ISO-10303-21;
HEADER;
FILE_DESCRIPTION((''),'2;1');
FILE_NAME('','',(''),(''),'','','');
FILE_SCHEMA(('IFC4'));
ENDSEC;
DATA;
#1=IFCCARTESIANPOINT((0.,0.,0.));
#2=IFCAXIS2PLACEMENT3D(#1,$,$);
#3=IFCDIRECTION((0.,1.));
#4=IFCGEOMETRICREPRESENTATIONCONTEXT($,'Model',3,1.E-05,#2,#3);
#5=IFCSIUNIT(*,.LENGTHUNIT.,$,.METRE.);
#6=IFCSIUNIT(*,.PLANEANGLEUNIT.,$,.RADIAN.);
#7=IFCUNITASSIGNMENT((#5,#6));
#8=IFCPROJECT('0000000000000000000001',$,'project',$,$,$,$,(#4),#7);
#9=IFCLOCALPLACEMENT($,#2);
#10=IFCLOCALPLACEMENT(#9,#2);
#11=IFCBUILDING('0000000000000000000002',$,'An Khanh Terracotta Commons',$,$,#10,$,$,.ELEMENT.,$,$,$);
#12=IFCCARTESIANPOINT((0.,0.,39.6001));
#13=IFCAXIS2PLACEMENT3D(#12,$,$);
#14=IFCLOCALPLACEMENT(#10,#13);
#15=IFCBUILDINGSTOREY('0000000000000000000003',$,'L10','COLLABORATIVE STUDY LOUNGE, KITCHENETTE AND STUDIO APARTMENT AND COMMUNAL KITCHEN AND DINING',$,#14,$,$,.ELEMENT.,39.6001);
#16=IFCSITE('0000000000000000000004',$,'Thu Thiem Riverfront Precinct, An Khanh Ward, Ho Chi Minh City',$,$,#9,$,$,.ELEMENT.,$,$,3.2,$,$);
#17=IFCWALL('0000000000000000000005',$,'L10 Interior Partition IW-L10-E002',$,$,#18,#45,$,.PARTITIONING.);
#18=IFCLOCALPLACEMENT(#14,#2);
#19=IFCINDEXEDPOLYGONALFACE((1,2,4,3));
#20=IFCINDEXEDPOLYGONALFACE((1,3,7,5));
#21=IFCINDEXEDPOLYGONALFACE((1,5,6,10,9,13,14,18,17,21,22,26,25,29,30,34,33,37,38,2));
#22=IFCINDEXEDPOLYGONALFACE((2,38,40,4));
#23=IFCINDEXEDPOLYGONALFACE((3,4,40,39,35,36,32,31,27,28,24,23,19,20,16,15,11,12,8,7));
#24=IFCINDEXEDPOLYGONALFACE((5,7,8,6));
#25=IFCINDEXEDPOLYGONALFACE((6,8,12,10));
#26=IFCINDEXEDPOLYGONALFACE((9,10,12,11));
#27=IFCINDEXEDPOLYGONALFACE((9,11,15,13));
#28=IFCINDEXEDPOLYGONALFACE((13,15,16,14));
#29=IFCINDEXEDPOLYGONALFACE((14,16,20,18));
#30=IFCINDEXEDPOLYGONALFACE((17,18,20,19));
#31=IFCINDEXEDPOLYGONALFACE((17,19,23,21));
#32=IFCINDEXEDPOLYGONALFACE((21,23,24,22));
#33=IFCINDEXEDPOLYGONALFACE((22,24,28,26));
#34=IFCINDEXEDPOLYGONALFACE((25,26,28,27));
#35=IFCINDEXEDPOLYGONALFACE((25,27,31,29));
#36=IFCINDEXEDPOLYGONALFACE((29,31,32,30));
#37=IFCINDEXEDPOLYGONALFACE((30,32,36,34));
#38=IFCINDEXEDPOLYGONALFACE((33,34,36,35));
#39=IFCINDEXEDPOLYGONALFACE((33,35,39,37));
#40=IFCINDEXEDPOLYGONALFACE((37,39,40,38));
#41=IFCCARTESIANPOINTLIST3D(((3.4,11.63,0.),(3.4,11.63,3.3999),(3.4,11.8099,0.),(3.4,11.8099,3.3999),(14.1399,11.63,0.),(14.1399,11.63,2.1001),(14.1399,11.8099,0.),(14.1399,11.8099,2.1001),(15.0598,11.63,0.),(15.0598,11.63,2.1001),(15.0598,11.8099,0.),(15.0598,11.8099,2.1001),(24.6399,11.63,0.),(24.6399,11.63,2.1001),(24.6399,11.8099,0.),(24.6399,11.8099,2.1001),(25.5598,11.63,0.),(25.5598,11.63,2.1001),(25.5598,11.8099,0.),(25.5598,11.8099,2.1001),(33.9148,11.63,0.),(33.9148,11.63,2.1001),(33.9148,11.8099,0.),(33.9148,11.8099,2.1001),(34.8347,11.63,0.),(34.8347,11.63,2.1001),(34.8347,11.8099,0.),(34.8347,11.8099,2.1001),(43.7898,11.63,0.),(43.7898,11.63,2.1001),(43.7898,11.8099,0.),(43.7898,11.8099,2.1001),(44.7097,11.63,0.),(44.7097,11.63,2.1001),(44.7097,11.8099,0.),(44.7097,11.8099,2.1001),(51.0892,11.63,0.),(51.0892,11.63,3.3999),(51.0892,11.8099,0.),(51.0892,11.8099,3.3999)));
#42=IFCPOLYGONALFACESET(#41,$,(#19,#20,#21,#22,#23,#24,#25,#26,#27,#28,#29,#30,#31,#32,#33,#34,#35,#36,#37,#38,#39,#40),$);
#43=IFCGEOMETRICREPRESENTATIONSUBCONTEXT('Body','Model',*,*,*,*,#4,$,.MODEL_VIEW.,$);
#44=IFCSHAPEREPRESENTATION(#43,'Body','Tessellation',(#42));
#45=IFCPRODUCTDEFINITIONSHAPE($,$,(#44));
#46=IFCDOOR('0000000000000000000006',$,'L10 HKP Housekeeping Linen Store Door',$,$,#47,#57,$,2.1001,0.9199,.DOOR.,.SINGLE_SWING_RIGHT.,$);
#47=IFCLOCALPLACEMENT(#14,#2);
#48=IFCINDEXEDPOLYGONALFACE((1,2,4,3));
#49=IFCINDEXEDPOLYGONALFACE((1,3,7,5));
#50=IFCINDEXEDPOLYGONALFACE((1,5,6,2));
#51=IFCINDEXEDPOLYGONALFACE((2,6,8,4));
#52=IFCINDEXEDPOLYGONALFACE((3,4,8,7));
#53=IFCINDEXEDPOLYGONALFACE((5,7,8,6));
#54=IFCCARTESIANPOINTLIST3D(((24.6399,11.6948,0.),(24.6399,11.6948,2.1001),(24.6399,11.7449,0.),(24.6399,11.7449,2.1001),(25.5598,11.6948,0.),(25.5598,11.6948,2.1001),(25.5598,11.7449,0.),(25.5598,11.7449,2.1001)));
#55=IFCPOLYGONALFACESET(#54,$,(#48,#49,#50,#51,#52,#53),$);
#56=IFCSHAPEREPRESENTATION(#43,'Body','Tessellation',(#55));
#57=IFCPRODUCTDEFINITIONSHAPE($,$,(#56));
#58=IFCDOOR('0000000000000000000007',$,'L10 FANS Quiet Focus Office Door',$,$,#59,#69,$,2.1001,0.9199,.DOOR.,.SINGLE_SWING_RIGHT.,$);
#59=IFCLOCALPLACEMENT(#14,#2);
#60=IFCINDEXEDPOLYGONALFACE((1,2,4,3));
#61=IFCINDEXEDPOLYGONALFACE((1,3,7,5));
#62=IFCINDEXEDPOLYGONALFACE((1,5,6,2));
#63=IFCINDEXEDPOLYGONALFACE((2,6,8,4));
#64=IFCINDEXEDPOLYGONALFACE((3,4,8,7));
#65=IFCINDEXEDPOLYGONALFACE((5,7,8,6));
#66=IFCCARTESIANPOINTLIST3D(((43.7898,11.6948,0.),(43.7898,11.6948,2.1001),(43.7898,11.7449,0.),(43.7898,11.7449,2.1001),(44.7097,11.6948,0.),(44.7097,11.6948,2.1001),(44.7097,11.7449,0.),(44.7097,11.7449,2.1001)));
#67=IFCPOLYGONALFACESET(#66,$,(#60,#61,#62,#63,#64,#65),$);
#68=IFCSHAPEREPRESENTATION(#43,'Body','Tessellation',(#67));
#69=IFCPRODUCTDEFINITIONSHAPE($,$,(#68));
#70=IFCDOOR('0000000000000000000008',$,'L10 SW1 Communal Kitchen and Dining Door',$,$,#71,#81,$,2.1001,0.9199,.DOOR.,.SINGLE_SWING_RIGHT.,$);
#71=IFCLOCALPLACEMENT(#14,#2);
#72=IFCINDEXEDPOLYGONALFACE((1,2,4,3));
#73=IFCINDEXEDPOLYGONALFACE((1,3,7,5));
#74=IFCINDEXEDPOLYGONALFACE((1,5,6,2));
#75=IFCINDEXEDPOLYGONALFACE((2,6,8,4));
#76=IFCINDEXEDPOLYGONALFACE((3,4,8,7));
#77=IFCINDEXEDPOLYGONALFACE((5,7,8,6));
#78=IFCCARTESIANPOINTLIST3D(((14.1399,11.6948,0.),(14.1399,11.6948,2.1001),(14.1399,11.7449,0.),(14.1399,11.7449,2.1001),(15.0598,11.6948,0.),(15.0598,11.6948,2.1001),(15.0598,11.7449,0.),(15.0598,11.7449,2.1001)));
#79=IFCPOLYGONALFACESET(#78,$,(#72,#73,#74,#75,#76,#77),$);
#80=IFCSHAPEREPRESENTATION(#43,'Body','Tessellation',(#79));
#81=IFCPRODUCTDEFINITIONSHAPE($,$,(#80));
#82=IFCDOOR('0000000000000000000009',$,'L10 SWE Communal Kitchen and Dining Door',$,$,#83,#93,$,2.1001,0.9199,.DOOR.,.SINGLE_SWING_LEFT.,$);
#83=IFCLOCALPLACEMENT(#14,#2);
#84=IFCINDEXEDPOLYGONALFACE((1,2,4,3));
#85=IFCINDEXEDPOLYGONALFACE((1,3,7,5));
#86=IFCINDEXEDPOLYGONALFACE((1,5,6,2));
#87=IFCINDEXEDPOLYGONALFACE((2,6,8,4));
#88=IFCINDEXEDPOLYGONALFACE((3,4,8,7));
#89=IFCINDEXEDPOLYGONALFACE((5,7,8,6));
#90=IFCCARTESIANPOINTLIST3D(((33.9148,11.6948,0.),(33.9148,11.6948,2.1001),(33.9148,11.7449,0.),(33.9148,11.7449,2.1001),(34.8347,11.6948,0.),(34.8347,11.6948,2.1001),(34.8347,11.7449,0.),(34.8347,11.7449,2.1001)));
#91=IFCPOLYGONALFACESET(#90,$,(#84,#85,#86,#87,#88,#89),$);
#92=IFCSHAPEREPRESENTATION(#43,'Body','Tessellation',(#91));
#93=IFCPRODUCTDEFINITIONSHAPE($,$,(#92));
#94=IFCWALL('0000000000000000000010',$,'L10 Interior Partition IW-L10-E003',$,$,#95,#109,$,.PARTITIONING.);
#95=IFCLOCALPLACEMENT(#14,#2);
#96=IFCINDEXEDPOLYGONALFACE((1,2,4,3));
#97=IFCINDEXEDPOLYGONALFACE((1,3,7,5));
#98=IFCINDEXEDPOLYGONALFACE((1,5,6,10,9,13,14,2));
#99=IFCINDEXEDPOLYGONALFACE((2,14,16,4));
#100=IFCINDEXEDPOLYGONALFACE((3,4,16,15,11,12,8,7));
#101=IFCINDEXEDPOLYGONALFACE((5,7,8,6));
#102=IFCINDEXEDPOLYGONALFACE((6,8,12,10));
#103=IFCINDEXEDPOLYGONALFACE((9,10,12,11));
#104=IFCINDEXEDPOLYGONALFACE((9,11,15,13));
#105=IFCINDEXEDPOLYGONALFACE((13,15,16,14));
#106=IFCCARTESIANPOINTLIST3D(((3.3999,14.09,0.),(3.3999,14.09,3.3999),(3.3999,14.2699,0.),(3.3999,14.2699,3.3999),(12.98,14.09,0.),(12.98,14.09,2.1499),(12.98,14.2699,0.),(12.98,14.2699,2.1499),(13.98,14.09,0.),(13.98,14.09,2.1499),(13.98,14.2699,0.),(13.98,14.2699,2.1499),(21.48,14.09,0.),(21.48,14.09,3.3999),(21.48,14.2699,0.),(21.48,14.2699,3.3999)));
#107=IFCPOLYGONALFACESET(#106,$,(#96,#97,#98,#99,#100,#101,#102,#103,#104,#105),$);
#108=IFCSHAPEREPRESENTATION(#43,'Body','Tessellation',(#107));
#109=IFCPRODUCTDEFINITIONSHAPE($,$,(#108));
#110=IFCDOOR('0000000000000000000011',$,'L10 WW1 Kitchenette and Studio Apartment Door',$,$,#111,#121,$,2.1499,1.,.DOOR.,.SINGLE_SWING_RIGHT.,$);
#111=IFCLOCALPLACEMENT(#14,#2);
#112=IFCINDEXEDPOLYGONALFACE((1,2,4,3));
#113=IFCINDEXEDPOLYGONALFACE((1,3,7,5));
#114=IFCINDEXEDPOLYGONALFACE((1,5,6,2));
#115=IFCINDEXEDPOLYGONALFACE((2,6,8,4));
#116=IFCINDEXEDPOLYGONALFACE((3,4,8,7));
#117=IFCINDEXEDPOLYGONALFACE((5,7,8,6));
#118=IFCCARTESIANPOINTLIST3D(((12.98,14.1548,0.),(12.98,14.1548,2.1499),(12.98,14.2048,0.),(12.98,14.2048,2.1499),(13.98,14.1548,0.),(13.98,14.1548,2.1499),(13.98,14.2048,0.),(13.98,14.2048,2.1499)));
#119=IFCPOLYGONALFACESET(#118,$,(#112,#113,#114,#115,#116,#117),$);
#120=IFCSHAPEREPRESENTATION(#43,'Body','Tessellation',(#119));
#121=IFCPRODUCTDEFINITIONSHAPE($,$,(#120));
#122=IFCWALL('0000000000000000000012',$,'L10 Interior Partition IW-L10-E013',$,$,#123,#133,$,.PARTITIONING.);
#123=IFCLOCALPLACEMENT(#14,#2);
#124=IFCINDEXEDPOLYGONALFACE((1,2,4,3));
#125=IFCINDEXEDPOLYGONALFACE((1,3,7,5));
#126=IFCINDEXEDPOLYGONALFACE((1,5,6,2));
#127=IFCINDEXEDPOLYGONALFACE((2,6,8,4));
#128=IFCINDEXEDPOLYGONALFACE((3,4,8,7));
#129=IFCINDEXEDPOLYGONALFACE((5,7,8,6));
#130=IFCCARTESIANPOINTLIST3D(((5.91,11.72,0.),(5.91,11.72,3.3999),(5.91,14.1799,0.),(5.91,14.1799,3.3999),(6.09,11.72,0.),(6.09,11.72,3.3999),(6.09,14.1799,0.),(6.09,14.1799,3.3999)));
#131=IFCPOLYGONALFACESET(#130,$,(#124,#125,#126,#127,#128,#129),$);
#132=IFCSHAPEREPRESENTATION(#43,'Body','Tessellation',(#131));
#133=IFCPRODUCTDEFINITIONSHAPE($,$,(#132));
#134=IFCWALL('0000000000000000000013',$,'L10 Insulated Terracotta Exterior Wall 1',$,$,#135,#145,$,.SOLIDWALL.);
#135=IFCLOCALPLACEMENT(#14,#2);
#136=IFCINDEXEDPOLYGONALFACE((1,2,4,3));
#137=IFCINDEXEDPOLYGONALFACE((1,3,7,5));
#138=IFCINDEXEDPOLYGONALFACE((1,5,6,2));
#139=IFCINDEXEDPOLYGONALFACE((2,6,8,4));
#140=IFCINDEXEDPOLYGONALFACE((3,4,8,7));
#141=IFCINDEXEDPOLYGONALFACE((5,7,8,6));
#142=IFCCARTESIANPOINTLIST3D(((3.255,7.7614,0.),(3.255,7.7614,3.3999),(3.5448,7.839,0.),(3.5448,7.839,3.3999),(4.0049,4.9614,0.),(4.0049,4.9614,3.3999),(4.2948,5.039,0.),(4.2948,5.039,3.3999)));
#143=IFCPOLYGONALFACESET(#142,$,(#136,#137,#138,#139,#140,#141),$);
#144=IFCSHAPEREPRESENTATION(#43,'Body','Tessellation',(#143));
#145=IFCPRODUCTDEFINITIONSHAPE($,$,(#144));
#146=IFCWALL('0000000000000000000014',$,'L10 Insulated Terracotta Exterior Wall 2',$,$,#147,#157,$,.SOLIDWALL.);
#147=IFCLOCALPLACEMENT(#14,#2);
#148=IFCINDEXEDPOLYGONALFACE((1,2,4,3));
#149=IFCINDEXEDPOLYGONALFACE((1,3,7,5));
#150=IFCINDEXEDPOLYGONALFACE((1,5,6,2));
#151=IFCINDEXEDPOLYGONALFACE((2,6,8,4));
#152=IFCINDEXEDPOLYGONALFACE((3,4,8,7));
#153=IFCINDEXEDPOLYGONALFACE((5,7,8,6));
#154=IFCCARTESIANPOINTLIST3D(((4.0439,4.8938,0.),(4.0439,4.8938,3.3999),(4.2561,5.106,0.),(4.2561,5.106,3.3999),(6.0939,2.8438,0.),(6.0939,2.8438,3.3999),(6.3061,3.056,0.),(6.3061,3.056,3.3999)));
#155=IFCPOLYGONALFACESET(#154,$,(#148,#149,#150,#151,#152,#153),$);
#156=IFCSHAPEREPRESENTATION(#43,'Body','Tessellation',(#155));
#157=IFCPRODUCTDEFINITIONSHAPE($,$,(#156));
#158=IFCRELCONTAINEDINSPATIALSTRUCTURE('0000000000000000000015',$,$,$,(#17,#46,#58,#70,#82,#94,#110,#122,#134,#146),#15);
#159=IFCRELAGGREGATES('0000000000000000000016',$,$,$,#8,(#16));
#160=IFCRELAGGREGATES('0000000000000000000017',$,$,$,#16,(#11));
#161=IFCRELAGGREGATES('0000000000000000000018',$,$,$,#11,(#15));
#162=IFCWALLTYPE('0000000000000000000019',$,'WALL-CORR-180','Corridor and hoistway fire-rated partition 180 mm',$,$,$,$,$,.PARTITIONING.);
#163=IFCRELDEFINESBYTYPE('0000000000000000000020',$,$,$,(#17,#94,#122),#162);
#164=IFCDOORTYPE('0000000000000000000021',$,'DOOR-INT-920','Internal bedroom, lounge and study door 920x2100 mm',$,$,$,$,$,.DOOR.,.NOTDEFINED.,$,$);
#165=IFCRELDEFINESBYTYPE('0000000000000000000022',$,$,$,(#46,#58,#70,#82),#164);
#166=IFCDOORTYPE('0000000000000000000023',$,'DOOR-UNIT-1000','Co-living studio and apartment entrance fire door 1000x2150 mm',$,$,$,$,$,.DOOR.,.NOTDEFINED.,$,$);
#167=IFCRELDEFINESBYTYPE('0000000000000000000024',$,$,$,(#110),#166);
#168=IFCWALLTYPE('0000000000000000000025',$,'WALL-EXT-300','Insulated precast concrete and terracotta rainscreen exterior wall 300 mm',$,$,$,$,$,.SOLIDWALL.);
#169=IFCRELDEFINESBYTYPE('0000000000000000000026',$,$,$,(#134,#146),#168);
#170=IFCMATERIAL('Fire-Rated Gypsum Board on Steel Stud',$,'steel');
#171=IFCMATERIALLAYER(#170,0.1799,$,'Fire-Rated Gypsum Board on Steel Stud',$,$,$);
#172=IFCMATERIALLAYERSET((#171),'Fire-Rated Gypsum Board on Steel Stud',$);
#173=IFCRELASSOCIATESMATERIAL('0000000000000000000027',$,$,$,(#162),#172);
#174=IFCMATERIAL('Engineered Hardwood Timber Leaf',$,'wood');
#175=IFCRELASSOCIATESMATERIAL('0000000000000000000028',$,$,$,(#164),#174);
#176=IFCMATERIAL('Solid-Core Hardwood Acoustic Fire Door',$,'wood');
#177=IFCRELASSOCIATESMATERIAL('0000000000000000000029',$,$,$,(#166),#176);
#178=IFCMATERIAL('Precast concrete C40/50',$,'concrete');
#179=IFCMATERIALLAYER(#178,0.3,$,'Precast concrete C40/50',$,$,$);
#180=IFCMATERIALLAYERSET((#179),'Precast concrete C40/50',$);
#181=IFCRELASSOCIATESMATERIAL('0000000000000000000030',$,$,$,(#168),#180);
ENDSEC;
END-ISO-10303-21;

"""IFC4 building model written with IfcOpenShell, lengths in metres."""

from ifc_helpers import new_model, si_unit, direction, frame, frame_2d, origin, place, context, subcontext, project, spatial, rectangle, extrude, material, layer, layer_set, type_object, element, fill, save


model = new_model("IFC4")

# Units and contexts
model_context = context("Model", 3, precision=1e-05, world=origin(), true_north=direction((0.0, 1.0)))
body_context = subcontext(model_context, "Body", "Model", "MODEL_VIEW")
ifc_project = project(units=[si_unit("LENGTHUNIT", "METRE"), si_unit("PLANEANGLEUNIT", "RADIAN")], contexts=[model_context])

# Site, building, storey
site_placement = place(None, origin())
site = spatial("IfcSite", under=ifc_project, at=site_placement, Name="Thu Thiem Riverfront Precinct, An Khanh Ward, Ho Chi Minh City", CompositionType="ELEMENT", RefElevation=3.2)
building_placement = place(site_placement, origin())
building = spatial("IfcBuilding", under=site, at=building_placement, Name="An Khanh Terracotta Commons", CompositionType="ELEMENT")
storey_placement = place(building_placement, frame((0.0, 0.0, 39.6001)))
storey = spatial("IfcBuildingStorey", under=building, at=storey_placement, Name="L10", Description="COLLABORATIVE STUDY LOUNGE, KITCHENETTE AND STUDIO APARTMENT AND COMMUNAL KITCHEN AND DINING", CompositionType="ELEMENT", Elevation=39.6001)

# Shared definitions
ifc_material_1 = material(Name="Fire-Rated Gypsum Board on Steel Stud", Category="steel")
ifc_layer_1 = layer(ifc_material_1, 0.1799, Name="Fire-Rated Gypsum Board on Steel Stud")
ifc_layer_set_1 = layer_set([ifc_layer_1], Name="Fire-Rated Gypsum Board on Steel Stud")
wall_type_1 = type_object("IfcWallType", Name="WALL-CORR-180", Description="Corridor and hoistway fire-rated partition 180 mm", PredefinedType="PARTITIONING", material=ifc_layer_set_1)

# Wall, openings, doors
wall_1_placement = place(storey_placement, frame((3.3999, 11.72, 0.0), z_axis=(0.0, 0.0, 1.0), x_axis=(1.0, 0.0, 0.0)))
wall_1 = element("IfcWall", 1, at=wall_1_placement, inside=storey, type_object=wall_type_1, Name="L10 Interior Partition IW-L10-E002", PredefinedType="PARTITIONING", context=body_context, shape_type="SweptSolid", body=[
    extrude(rectangle(XDim=47.6892, YDim=0.1799, at=frame_2d((23.8447, 0.0))), origin(), (0.0, 0.0, 1.0), 3.3999),
])
opening_1_placement = place(wall_1_placement, frame((21.24, 0.0, 0.0)))
opening_1 = element("IfcOpeningElement", 2, at=opening_1_placement, cuts=wall_1, PredefinedType="OPENING", context=body_context, shape_type="SweptSolid", body=[
    extrude(rectangle(XDim=0.9199, YDim=2.1001, at=frame_2d((0.46, 1.05))), frame((0.0, 0.0999, 0.0), z_axis=(0.0, -1.0, 0.0), x_axis=(1.0, 0.0, 0.0)), (0.0, 0.0, 1.0), 0.2),
])
opening_2_placement = place(wall_1_placement, frame((40.3899, 0.0, 0.0)))
opening_2 = element("IfcOpeningElement", 3, at=opening_2_placement, cuts=wall_1, PredefinedType="OPENING", context=body_context, shape_type="SweptSolid", body=[
    extrude(rectangle(XDim=0.9199, YDim=2.1001, at=frame_2d((0.46, 1.05))), frame((0.0, 0.0999, 0.0), z_axis=(0.0, -1.0, 0.0), x_axis=(1.0, 0.0, 0.0)), (0.0, 0.0, 1.0), 0.2),
])
opening_3_placement = place(wall_1_placement, frame((10.74, 0.0, 0.0)))
opening_3 = element("IfcOpeningElement", 4, at=opening_3_placement, cuts=wall_1, PredefinedType="OPENING", context=body_context, shape_type="SweptSolid", body=[
    extrude(rectangle(XDim=0.9199, YDim=2.1001, at=frame_2d((0.46, 1.05))), frame((0.0, 0.0999, 0.0), z_axis=(0.0, -1.0, 0.0), x_axis=(1.0, 0.0, 0.0)), (0.0, 0.0, 1.0), 0.2),
])
opening_4_placement = place(wall_1_placement, frame((30.5149, 0.0, 0.0)))
opening_4 = element("IfcOpeningElement", 5, at=opening_4_placement, cuts=wall_1, PredefinedType="OPENING", context=body_context, shape_type="SweptSolid", body=[
    extrude(rectangle(XDim=0.9199, YDim=2.1001, at=frame_2d((0.46, 1.05))), frame((0.0, 0.0999, 0.0), z_axis=(0.0, -1.0, 0.0), x_axis=(1.0, 0.0, 0.0)), (0.0, 0.0, 1.0), 0.2),
])
ifc_material_2 = material(Name="Engineered Hardwood Timber Leaf", Category="wood")
door_type_1 = type_object("IfcDoorType", Name="DOOR-INT-920", Description="Internal bedroom, lounge and study door 920x2100 mm", OperationType="NOTDEFINED", PredefinedType="DOOR", material=ifc_material_2)
door_1_placement = place(opening_1_placement, origin())
door_1 = element("IfcDoor", 6, at=door_1_placement, inside=storey, type_object=door_type_1, Name="L10 HKP Housekeeping Linen Store Door", OperationType="SINGLE_SWING_RIGHT", OverallHeight=2.1001, OverallWidth=0.9199, PredefinedType="DOOR", context=body_context, shape_type="SweptSolid", body=[
    extrude(rectangle(XDim=0.9199, YDim=2.1001, at=frame_2d((0.46, 1.05))), frame((0.0, 0.0249, 0.0), z_axis=(0.0, -1.0, 0.0), x_axis=(1.0, 0.0, 0.0)), (0.0, 0.0, 1.0), 0.05),
])
fill(opening_1, door_1)
door_2_placement = place(opening_2_placement, origin())
door_2 = element("IfcDoor", 7, at=door_2_placement, inside=storey, type_object=door_type_1, Name="L10 FANS Quiet Focus Office Door", OperationType="SINGLE_SWING_RIGHT", OverallHeight=2.1001, OverallWidth=0.9199, PredefinedType="DOOR", context=body_context, shape_type="SweptSolid", body=[
    extrude(rectangle(XDim=0.9199, YDim=2.1001, at=frame_2d((0.46, 1.05))), frame((0.0, 0.0249, 0.0), z_axis=(0.0, -1.0, 0.0), x_axis=(1.0, 0.0, 0.0)), (0.0, 0.0, 1.0), 0.05),
])
fill(opening_2, door_2)
door_3_placement = place(opening_3_placement, origin())
door_3 = element("IfcDoor", 8, at=door_3_placement, inside=storey, type_object=door_type_1, Name="L10 SW1 Communal Kitchen and Dining Door", OperationType="SINGLE_SWING_RIGHT", OverallHeight=2.1001, OverallWidth=0.9199, PredefinedType="DOOR", context=body_context, shape_type="SweptSolid", body=[
    extrude(rectangle(XDim=0.9199, YDim=2.1001, at=frame_2d((0.46, 1.05))), frame((0.0, 0.0249, 0.0), z_axis=(0.0, -1.0, 0.0), x_axis=(1.0, 0.0, 0.0)), (0.0, 0.0, 1.0), 0.05),
])
fill(opening_3, door_3)
door_4_placement = place(opening_4_placement, origin())
door_4 = element("IfcDoor", 9, at=door_4_placement, inside=storey, type_object=door_type_1, Name="L10 SWE Communal Kitchen and Dining Door", OperationType="SINGLE_SWING_LEFT", OverallHeight=2.1001, OverallWidth=0.9199, PredefinedType="DOOR", context=body_context, shape_type="SweptSolid", body=[
    extrude(rectangle(XDim=0.9199, YDim=2.1001, at=frame_2d((0.46, 1.05))), frame((0.0, 0.0249, 0.0), z_axis=(0.0, -1.0, 0.0), x_axis=(1.0, 0.0, 0.0)), (0.0, 0.0, 1.0), 0.05),
])
fill(opening_4, door_4)

# Wall, opening, door
wall_2_placement = place(storey_placement, frame((3.3999, 14.1799, 0.0), z_axis=(0.0, 0.0, 1.0), x_axis=(1.0, 0.0, 0.0)))
wall_2 = element("IfcWall", 10, at=wall_2_placement, inside=storey, type_object=wall_type_1, Name="L10 Interior Partition IW-L10-E003", PredefinedType="PARTITIONING", context=body_context, shape_type="SweptSolid", body=[
    extrude(rectangle(XDim=18.0801, YDim=0.1799, at=frame_2d((9.04, 0.0))), origin(), (0.0, 0.0, 1.0), 3.3999),
])
opening_5_placement = place(wall_2_placement, frame((9.5801, 0.0, 0.0)))
opening_5 = element("IfcOpeningElement", 11, at=opening_5_placement, cuts=wall_2, PredefinedType="OPENING", context=body_context, shape_type="SweptSolid", body=[
    extrude(rectangle(XDim=1.0, YDim=2.1499, at=frame_2d((0.5, 1.075))), frame((0.0, 0.0999, 0.0), z_axis=(0.0, -1.0, 0.0), x_axis=(1.0, 0.0, 0.0)), (0.0, 0.0, 1.0), 0.2),
])
ifc_material_3 = material(Name="Solid-Core Hardwood Acoustic Fire Door", Category="wood")
door_type_2 = type_object("IfcDoorType", Name="DOOR-UNIT-1000", Description="Co-living studio and apartment entrance fire door 1000x2150 mm", OperationType="NOTDEFINED", PredefinedType="DOOR", material=ifc_material_3)
door_5_placement = place(opening_5_placement, origin())
door_5 = element("IfcDoor", 12, at=door_5_placement, inside=storey, type_object=door_type_2, Name="L10 WW1 Kitchenette and Studio Apartment Door", OperationType="SINGLE_SWING_RIGHT", OverallHeight=2.1499, OverallWidth=1.0, PredefinedType="DOOR", context=body_context, shape_type="SweptSolid", body=[
    extrude(rectangle(XDim=1.0, YDim=2.1499, at=frame_2d((0.5, 1.075))), frame((0.0, 0.0249, 0.0), z_axis=(0.0, -1.0, 0.0), x_axis=(1.0, 0.0, 0.0)), (0.0, 0.0, 1.0), 0.05),
])
fill(opening_5, door_5)

# Walls
wall_3_placement = place(storey_placement, frame((6.0, 11.72, 0.0), z_axis=(0.0, 0.0, 1.0), x_axis=(0.0, 1.0, 0.0)))
element("IfcWall", 13, at=wall_3_placement, inside=storey, type_object=wall_type_1, Name="L10 Interior Partition IW-L10-E013", PredefinedType="PARTITIONING", context=body_context, shape_type="SweptSolid", body=[
    extrude(rectangle(XDim=2.46, YDim=0.1799, at=frame_2d((1.23, 0.0))), origin(), (0.0, 0.0, 1.0), 3.3999),
])
ifc_material_4 = material(Name="Precast concrete C40/50", Category="concrete")
ifc_layer_2 = layer(ifc_material_4, 0.3, Name="Precast concrete C40/50")
ifc_layer_set_2 = layer_set([ifc_layer_2], Name="Precast concrete C40/50")
wall_type_2 = type_object("IfcWallType", Name="WALL-EXT-300", Description="Insulated precast concrete and terracotta rainscreen exterior wall 300 mm", PredefinedType="SOLIDWALL", material=ifc_layer_set_2)
wall_4_placement = place(storey_placement, frame((3.3999, 7.8, 0.0), z_axis=(0.0, 0.0, 1.0), x_axis=(0.258732, -0.965949, 0.0)))
element("IfcWall", 14, at=wall_4_placement, inside=storey, type_object=wall_type_2, Name="L10 Insulated Terracotta Exterior Wall 1", PredefinedType="SOLIDWALL", context=body_context, shape_type="SweptSolid", body=[
    extrude(rectangle(XDim=2.8987, YDim=0.3, at=frame_2d((1.4492, 0.0))), origin(), (0.0, 0.0, 1.0), 3.3999),
])
wall_5_placement = place(storey_placement, frame((4.1499, 5.0, 0.0), z_axis=(0.0, 0.0, 1.0), x_axis=(0.707107, -0.707107, 0.0)))
element("IfcWall", 15, at=wall_5_placement, inside=storey, type_object=wall_type_2, Name="L10 Insulated Terracotta Exterior Wall 2", PredefinedType="SOLIDWALL", context=body_context, shape_type="SweptSolid", body=[
    extrude(rectangle(XDim=2.8992, YDim=0.3, at=frame_2d((1.4497, 0.0))), origin(), (0.0, 0.0, 1.0), 3.3999),
])

save(model, "model.ifc")
